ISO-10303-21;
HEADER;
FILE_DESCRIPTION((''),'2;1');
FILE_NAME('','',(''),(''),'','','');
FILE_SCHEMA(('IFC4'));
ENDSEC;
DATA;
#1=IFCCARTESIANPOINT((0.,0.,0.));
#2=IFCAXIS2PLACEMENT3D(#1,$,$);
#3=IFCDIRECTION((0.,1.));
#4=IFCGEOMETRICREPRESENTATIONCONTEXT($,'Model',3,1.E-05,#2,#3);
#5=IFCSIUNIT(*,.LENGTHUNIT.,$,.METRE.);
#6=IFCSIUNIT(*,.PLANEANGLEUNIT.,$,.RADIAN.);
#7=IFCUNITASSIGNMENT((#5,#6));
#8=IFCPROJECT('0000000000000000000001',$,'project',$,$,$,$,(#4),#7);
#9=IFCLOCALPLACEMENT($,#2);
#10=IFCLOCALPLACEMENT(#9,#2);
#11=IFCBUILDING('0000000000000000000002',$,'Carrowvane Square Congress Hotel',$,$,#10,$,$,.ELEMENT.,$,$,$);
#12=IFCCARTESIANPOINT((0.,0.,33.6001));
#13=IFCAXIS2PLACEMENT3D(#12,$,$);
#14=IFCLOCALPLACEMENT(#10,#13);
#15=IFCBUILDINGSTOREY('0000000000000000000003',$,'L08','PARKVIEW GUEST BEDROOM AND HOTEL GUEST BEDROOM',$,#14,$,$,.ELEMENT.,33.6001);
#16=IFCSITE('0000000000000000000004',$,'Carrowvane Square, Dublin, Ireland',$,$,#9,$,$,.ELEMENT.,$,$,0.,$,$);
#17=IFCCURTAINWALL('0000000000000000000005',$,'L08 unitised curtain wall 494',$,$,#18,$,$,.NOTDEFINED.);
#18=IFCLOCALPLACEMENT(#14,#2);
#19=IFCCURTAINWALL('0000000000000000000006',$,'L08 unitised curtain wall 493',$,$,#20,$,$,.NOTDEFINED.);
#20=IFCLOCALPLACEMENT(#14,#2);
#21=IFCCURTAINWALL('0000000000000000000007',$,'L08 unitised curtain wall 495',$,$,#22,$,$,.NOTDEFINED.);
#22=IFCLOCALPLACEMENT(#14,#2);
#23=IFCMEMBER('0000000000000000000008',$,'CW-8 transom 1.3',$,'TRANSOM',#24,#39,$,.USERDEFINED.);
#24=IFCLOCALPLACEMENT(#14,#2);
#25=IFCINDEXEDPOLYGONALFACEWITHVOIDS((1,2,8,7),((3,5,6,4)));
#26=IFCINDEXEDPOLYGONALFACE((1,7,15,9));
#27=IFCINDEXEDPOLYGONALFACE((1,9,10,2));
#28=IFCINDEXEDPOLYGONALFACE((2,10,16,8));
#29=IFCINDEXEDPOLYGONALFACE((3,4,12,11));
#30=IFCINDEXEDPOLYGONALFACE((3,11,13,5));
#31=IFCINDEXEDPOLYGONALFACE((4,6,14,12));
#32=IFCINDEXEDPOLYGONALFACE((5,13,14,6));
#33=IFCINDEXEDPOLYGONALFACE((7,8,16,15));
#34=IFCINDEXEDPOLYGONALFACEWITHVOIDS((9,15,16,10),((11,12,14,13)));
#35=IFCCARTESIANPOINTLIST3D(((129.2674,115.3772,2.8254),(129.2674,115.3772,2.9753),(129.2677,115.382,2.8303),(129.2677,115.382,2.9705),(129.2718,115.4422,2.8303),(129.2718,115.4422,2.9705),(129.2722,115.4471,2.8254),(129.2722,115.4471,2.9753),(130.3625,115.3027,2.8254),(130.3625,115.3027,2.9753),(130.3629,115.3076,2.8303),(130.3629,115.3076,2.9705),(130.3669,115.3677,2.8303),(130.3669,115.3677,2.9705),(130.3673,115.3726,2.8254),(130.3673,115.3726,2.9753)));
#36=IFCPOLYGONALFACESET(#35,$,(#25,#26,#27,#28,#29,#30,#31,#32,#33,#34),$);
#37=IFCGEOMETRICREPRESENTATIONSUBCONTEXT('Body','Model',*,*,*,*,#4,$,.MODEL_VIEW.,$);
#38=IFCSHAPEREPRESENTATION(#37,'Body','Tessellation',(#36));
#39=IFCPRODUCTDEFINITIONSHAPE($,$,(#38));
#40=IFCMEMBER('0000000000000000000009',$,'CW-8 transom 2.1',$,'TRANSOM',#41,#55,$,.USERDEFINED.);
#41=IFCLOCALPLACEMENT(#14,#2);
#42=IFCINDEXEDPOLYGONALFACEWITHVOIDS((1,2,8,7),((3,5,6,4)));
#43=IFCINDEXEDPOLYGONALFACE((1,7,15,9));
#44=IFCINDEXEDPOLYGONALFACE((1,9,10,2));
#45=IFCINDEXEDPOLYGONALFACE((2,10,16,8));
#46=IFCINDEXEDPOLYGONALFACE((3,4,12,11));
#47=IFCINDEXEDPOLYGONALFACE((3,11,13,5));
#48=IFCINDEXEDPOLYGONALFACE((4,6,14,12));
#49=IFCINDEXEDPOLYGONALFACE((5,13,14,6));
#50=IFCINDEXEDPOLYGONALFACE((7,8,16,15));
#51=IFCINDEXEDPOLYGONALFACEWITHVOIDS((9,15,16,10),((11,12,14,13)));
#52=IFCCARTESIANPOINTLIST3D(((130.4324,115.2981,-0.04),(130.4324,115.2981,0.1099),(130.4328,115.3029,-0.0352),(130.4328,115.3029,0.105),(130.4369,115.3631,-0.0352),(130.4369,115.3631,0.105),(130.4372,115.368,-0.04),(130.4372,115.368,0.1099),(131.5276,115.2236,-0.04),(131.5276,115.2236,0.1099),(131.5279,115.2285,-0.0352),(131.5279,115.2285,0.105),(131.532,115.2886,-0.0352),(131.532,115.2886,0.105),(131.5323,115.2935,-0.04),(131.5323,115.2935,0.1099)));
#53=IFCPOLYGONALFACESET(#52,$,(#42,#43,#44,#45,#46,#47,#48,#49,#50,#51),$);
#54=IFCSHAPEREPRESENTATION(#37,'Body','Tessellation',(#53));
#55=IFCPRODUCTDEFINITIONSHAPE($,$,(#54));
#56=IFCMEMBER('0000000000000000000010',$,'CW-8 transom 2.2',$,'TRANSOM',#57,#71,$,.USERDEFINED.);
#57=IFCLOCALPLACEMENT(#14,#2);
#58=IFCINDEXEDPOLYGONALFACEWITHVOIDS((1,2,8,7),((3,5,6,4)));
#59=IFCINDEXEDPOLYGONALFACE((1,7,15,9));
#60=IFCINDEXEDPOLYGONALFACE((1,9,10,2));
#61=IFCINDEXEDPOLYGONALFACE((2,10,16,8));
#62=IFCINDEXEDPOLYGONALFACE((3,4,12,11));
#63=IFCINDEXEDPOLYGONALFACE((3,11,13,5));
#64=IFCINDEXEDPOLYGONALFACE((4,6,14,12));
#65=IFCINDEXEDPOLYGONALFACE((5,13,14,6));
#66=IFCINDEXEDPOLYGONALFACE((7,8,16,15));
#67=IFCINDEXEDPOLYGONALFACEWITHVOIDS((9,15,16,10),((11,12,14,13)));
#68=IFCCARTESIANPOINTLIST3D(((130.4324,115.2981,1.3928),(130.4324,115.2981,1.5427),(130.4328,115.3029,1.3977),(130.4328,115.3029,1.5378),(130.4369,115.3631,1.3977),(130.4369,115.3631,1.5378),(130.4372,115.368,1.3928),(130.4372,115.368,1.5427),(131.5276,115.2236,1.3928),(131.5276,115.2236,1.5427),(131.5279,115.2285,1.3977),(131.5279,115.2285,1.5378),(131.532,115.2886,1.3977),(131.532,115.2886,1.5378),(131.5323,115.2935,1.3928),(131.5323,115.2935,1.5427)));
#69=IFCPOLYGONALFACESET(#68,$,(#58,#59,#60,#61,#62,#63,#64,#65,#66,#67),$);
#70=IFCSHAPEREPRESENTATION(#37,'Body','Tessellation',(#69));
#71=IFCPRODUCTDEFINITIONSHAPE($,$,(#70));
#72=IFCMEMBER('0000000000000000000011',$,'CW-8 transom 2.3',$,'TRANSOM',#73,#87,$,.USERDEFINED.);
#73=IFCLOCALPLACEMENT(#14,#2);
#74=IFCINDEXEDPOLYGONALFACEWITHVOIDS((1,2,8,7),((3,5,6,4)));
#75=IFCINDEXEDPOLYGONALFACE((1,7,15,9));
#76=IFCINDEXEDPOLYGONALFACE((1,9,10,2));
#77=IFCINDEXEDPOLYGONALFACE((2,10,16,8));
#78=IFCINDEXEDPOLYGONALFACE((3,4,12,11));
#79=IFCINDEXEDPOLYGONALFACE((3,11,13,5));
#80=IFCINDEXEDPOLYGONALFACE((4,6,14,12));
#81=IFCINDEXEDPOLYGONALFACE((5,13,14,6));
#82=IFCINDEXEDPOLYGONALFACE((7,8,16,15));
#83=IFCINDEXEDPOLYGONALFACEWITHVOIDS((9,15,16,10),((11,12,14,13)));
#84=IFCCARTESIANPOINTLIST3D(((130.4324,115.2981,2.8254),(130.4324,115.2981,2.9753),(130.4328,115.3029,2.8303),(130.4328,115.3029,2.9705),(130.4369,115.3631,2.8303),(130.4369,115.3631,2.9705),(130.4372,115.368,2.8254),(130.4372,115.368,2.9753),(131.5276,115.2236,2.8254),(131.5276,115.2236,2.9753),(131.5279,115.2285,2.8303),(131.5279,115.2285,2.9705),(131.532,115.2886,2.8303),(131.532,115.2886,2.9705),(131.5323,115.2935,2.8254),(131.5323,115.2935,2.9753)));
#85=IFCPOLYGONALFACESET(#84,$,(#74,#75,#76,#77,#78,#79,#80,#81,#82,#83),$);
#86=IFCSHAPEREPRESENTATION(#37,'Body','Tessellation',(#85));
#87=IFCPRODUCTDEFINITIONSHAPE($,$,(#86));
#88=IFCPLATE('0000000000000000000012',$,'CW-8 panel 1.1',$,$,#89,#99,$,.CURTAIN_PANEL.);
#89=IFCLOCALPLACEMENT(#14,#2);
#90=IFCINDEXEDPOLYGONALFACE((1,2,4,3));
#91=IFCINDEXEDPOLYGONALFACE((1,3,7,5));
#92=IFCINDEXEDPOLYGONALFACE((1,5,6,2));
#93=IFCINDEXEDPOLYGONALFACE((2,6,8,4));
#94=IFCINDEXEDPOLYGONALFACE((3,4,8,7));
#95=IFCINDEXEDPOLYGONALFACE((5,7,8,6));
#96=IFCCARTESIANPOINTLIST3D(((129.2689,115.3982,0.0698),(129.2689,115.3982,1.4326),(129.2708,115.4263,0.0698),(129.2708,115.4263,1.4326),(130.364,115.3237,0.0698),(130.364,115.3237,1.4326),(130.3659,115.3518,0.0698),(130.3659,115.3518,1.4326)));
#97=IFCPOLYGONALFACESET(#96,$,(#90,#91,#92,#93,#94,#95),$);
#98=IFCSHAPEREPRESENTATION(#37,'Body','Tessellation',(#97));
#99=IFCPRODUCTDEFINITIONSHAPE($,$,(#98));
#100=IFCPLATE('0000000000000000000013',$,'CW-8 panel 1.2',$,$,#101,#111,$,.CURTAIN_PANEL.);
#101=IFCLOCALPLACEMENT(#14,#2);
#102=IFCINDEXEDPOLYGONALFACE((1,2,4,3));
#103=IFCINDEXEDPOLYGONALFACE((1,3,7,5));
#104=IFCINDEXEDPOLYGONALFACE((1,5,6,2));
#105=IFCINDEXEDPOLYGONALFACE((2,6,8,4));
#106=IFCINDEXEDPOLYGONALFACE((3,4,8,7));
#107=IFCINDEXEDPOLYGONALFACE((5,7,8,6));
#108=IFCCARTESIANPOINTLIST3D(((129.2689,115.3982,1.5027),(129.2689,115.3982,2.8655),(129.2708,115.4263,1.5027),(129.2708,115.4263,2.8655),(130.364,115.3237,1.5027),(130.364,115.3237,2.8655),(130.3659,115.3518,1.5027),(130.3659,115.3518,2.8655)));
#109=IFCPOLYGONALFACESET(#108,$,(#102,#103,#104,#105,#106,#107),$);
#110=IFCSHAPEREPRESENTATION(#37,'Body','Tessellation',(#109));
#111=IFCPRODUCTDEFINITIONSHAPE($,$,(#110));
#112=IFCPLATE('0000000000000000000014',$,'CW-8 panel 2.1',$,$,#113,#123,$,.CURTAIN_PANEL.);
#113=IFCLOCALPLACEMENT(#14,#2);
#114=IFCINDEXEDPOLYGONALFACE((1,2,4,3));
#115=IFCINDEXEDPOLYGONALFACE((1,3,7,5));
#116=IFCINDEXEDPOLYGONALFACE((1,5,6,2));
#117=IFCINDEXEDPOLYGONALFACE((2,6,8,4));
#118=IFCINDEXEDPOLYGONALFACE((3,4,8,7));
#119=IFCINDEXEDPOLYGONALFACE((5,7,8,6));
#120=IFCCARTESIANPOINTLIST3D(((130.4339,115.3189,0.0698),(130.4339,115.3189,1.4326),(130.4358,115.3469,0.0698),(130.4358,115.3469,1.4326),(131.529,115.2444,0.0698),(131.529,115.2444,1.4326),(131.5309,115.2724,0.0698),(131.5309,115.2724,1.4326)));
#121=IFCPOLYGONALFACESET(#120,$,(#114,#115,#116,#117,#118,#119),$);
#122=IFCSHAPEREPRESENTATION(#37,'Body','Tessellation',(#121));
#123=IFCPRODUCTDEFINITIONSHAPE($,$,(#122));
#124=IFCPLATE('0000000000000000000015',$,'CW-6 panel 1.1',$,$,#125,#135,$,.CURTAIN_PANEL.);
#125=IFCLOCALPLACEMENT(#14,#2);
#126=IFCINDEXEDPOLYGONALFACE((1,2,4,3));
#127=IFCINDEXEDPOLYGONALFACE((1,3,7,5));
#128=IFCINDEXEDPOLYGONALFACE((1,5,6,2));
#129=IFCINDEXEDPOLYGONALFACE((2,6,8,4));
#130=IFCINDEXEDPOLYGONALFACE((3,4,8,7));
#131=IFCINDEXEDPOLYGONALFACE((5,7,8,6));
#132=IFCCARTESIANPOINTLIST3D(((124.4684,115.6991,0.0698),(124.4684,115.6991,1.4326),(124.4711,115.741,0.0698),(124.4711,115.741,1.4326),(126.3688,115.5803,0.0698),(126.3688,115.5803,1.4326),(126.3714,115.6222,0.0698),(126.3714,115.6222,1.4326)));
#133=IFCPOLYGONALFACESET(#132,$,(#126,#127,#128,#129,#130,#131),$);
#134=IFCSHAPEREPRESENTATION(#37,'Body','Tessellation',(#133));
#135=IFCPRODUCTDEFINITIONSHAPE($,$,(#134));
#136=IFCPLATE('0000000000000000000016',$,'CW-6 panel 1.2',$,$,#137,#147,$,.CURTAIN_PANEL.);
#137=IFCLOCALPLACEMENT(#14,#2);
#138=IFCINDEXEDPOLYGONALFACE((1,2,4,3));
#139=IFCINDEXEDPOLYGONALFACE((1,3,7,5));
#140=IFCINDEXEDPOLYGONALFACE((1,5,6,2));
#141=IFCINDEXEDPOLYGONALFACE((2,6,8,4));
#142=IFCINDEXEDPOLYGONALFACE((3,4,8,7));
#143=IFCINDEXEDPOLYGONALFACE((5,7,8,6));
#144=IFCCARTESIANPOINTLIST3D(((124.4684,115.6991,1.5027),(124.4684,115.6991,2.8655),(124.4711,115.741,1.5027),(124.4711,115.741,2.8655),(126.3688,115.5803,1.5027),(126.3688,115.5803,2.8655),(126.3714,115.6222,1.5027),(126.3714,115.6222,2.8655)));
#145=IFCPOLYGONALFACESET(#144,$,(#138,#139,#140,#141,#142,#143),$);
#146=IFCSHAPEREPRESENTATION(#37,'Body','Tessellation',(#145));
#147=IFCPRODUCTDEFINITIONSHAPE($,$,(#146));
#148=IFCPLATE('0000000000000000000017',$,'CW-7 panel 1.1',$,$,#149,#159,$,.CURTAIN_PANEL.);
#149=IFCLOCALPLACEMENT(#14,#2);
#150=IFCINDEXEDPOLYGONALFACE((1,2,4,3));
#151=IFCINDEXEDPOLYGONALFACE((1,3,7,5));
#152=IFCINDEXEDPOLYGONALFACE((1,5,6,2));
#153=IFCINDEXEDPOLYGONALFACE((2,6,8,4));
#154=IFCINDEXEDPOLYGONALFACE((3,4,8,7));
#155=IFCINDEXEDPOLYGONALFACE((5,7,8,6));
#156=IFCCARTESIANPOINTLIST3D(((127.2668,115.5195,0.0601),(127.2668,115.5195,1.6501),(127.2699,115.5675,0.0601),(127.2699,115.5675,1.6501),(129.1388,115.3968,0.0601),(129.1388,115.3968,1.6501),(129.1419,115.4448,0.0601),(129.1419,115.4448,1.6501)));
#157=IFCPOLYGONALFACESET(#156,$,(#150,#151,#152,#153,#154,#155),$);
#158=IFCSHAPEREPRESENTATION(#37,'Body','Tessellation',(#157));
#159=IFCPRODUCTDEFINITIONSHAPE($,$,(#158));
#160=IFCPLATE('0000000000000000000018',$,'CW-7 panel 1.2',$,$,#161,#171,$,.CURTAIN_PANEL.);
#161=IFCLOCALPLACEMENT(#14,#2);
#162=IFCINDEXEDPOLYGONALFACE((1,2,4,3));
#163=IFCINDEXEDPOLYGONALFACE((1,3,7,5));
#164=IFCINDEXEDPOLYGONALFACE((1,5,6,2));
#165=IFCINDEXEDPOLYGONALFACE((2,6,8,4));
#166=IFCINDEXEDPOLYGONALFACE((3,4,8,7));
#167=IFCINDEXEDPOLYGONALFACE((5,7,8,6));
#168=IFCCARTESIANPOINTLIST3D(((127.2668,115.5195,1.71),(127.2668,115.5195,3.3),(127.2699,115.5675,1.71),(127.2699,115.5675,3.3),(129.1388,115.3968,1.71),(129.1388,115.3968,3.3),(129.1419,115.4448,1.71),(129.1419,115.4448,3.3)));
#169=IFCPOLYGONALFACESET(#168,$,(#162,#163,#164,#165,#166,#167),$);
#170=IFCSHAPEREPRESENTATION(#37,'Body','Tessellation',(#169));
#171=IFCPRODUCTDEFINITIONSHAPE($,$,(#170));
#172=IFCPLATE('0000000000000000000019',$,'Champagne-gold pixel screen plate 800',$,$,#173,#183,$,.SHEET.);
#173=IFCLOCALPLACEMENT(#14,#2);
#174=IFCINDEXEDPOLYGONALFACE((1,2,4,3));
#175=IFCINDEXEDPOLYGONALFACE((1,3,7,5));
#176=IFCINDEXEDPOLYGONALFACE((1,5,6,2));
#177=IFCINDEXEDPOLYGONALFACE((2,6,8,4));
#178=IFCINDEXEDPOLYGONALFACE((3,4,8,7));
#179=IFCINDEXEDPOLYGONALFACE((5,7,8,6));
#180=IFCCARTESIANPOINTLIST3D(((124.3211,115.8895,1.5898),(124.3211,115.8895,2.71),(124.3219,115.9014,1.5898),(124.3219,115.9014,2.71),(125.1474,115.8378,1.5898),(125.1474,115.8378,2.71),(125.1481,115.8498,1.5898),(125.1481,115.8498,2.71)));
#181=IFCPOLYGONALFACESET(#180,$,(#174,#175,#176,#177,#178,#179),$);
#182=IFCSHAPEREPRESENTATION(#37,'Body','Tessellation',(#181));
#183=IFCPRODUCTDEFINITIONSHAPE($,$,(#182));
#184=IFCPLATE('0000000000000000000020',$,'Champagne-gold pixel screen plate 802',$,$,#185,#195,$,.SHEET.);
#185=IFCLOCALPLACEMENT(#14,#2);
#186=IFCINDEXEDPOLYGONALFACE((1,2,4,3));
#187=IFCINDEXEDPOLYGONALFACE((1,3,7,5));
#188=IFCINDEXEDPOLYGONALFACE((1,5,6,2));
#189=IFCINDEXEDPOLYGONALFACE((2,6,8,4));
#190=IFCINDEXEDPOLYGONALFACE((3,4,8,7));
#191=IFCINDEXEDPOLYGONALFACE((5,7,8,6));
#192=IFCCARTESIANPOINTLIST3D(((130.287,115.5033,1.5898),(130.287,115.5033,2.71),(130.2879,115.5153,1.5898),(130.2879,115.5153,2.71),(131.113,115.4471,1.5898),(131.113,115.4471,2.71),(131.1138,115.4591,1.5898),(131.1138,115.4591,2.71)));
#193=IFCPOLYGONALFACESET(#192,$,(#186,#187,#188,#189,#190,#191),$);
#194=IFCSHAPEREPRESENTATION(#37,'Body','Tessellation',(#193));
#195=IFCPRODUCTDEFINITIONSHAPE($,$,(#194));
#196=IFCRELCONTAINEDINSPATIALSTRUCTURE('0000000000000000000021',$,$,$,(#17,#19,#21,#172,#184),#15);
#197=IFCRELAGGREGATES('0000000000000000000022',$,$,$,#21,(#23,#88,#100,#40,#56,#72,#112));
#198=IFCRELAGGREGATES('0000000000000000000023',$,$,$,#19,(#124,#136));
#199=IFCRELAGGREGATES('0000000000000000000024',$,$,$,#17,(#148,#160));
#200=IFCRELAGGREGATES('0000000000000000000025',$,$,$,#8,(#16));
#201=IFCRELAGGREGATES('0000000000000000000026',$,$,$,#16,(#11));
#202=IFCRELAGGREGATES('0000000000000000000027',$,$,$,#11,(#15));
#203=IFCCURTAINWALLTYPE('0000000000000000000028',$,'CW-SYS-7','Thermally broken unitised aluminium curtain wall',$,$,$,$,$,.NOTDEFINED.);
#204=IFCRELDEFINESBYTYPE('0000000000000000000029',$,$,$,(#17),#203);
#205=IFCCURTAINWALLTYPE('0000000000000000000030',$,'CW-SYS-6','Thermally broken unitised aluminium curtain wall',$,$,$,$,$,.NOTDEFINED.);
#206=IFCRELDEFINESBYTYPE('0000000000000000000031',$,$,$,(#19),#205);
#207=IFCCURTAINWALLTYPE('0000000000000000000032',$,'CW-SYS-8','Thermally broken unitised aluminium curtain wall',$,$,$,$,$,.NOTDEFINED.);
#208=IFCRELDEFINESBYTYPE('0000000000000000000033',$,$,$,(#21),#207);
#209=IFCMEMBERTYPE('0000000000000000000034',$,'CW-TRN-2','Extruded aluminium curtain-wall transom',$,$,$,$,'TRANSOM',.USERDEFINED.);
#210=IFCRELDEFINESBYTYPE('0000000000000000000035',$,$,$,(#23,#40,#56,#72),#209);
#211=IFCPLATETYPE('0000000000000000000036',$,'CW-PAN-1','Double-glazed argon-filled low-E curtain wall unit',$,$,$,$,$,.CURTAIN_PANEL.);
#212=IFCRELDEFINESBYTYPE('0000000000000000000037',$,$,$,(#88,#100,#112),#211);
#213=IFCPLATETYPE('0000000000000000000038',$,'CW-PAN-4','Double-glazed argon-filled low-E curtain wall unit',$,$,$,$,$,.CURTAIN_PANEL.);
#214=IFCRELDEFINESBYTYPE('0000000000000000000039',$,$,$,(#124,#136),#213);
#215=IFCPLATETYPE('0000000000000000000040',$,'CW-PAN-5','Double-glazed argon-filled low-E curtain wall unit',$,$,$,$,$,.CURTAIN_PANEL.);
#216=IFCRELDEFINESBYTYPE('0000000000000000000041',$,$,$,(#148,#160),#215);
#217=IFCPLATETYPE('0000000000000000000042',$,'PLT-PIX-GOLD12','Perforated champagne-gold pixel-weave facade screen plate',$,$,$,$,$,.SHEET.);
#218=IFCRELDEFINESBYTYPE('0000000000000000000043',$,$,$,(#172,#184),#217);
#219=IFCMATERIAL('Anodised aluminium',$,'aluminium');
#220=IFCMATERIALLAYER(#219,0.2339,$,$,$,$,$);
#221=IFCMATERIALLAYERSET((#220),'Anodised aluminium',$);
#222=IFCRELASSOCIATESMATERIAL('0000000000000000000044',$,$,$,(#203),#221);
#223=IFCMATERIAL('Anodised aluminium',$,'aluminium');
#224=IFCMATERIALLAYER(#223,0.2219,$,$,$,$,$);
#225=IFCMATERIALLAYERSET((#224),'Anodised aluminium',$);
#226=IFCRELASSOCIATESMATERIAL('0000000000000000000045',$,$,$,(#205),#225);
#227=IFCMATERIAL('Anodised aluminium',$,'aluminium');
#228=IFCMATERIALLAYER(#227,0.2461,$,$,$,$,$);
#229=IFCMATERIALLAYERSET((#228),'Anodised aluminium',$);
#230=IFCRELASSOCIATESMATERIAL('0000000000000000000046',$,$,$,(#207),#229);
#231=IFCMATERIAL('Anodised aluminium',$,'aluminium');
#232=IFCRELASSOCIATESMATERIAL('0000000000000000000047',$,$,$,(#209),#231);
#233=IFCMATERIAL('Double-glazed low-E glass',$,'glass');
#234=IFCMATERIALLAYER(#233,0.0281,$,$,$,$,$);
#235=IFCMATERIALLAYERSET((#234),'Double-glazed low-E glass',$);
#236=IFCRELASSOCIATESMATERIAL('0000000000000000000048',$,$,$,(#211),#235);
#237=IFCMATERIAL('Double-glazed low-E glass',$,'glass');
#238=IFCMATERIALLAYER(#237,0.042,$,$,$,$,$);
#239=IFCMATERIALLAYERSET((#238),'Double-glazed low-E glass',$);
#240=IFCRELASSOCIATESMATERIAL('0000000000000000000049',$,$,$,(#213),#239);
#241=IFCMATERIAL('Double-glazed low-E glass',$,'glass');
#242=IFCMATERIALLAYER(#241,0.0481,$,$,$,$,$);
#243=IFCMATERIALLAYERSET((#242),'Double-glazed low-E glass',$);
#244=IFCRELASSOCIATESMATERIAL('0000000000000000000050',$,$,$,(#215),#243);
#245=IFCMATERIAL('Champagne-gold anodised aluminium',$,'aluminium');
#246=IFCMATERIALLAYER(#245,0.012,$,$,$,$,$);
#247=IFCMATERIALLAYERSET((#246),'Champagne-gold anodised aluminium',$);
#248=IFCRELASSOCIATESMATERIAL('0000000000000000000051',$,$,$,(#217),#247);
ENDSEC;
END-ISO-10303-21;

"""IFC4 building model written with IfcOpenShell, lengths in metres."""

from ifc_helpers import new_model, si_unit, direction, frame, origin, origin_2d, place, context, subcontext, project, spatial, rectangle, hollow_rectangle, extrude, material, layer, layer_set, material_profile, profile_set, type_object, element, aggregate, save


model = new_model("IFC4")

# Units and contexts
model_context = context("Model", 3, precision=1e-05, world=origin(), true_north=direction((0.0, 1.0)))
body_context = subcontext(model_context, "Body", "Model", "MODEL_VIEW")
ifc_project = project(units=[si_unit("LENGTHUNIT", "METRE"), si_unit("PLANEANGLEUNIT", "RADIAN")], contexts=[model_context])

# Site, building, storey
site_placement = place(None, origin())
site = spatial("IfcSite", under=ifc_project, at=site_placement, Name="Carrowvane Square, Dublin, Ireland", CompositionType="ELEMENT", RefElevation=0.0)
building_placement = place(site_placement, origin())
building = spatial("IfcBuilding", under=site, at=building_placement, Name="Carrowvane Square Congress Hotel", CompositionType="ELEMENT")
storey_placement = place(building_placement, frame((0.0, 0.0, 33.6001)))
storey = spatial("IfcBuildingStorey", under=building, at=storey_placement, Name="L08", Description="PARKVIEW GUEST BEDROOM AND HOTEL GUEST BEDROOM", CompositionType="ELEMENT", Elevation=33.6001)

# Curtain walls
ifc_material_1 = material(Name="Anodised aluminium", Category="aluminium")
ifc_layer_1 = layer(ifc_material_1, 0.2339)
ifc_layer_set_1 = layer_set([ifc_layer_1], Name="Anodised aluminium")
curtain_wall_type_1 = type_object("IfcCurtainWallType", Name="CW-SYS-7", Description="Thermally broken unitised aluminium curtain wall", PredefinedType="NOTDEFINED", material=ifc_layer_set_1)
curtain_wall_1_placement = place(storey_placement, origin())
curtain_wall_1 = element("IfcCurtainWall", 1, at=curtain_wall_1_placement, inside=storey, type_object=curtain_wall_type_1, Name="L08 unitised curtain wall 494", PredefinedType="NOTDEFINED")
ifc_material_2 = material(Name="Anodised aluminium", Category="aluminium")
ifc_layer_2 = layer(ifc_material_2, 0.2219)
ifc_layer_set_2 = layer_set([ifc_layer_2], Name="Anodised aluminium")
curtain_wall_type_2 = type_object("IfcCurtainWallType", Name="CW-SYS-6", Description="Thermally broken unitised aluminium curtain wall", PredefinedType="NOTDEFINED", material=ifc_layer_set_2)
curtain_wall_2_placement = place(storey_placement, origin())
curtain_wall_2 = element("IfcCurtainWall", 2, at=curtain_wall_2_placement, inside=storey, type_object=curtain_wall_type_2, Name="L08 unitised curtain wall 493", PredefinedType="NOTDEFINED")
ifc_material_3 = material(Name="Anodised aluminium", Category="aluminium")
ifc_layer_3 = layer(ifc_material_3, 0.2461)
ifc_layer_set_3 = layer_set([ifc_layer_3], Name="Anodised aluminium")
curtain_wall_type_3 = type_object("IfcCurtainWallType", Name="CW-SYS-8", Description="Thermally broken unitised aluminium curtain wall", PredefinedType="NOTDEFINED", material=ifc_layer_set_3)
curtain_wall_3_placement = place(storey_placement, origin())
curtain_wall_3 = element("IfcCurtainWall", 3, at=curtain_wall_3_placement, inside=storey, type_object=curtain_wall_type_3, Name="L08 unitised curtain wall 495", PredefinedType="NOTDEFINED")

# Members
ifc_material_4 = material(Name="Anodised aluminium", Category="aluminium")
ifc_material_profile_1 = material_profile(ifc_material_4, hollow_rectangle(XDim=0.0701, YDim=0.1499, WallThickness=0.0049, at=origin_2d()), Name="CW-TR 70x150x5")
ifc_profile_set_1 = profile_set([ifc_material_profile_1], Name="Anodised aluminium")
member_type_1 = type_object("IfcMemberType", Name="CW-TRN-2", Description="Extruded aluminium curtain-wall transom", ElementType="TRANSOM", PredefinedType="USERDEFINED", material=ifc_profile_set_1)
member_1_placement = place(storey_placement, frame((129.2698, 115.4121, 2.9004), z_axis=(0.997697, -0.067833, 0.0), x_axis=(0.067833, 0.997697, 0.0)))
member_1 = element("IfcMember", 4, at=member_1_placement, type_object=member_type_1, Name="CW-8 transom 1.3", ObjectType="TRANSOM", PredefinedType="USERDEFINED", context=body_context, shape_type="SweptSolid", body=[
    extrude(hollow_rectangle(XDim=0.0701, YDim=0.1499, WallThickness=0.0049, at=origin_2d()), origin(), (0.0, 0.0, 1.0), 1.0977),
])
member_2_placement = place(storey_placement, frame((130.4348, 115.333, 0.0349), z_axis=(0.997697, -0.067833, 0.0), x_axis=(0.067833, 0.997697, 0.0)))
member_2 = element("IfcMember", 5, at=member_2_placement, type_object=member_type_1, Name="CW-8 transom 2.1", ObjectType="TRANSOM", PredefinedType="USERDEFINED", context=body_context, shape_type="SweptSolid", body=[
    extrude(hollow_rectangle(XDim=0.0701, YDim=0.1499, WallThickness=0.0049, at=origin_2d()), origin(), (0.0, 0.0, 1.0), 1.0977),
])
member_3_placement = place(storey_placement, frame((130.4348, 115.333, 1.4678), z_axis=(0.997697, -0.067833, 0.0), x_axis=(0.067833, 0.997697, 0.0)))
member_3 = element("IfcMember", 6, at=member_3_placement, type_object=member_type_1, Name="CW-8 transom 2.2", ObjectType="TRANSOM", PredefinedType="USERDEFINED", context=body_context, shape_type="SweptSolid", body=[
    extrude(hollow_rectangle(XDim=0.0701, YDim=0.1499, WallThickness=0.0049, at=origin_2d()), origin(), (0.0, 0.0, 1.0), 1.0977),
])
member_4_placement = place(storey_placement, frame((130.4348, 115.333, 2.9004), z_axis=(0.997697, -0.067833, 0.0), x_axis=(0.067833, 0.997697, 0.0)))
member_4 = element("IfcMember", 7, at=member_4_placement, type_object=member_type_1, Name="CW-8 transom 2.3", ObjectType="TRANSOM", PredefinedType="USERDEFINED", context=body_context, shape_type="SweptSolid", body=[
    extrude(hollow_rectangle(XDim=0.0701, YDim=0.1499, WallThickness=0.0049, at=origin_2d()), origin(), (0.0, 0.0, 1.0), 1.0977),
])

# Plates
ifc_material_5 = material(Name="Double-glazed low-E glass", Category="glass")
ifc_layer_4 = layer(ifc_material_5, 0.0281)
ifc_layer_set_4 = layer_set([ifc_layer_4], Name="Double-glazed low-E glass")
plate_type_1 = type_object("IfcPlateType", Name="CW-PAN-1", Description="Double-glazed argon-filled low-E curtain wall unit", PredefinedType="CURTAIN_PANEL", material=ifc_layer_set_4)
plate_1_placement = place(storey_placement, frame((129.8174, 115.375, 0.0698), z_axis=(0.0, 0.0, 1.0), x_axis=(0.997694, -0.06787, 0.0)))
plate_1 = element("IfcPlate", 8, at=plate_1_placement, type_object=plate_type_1, Name="CW-8 panel 1.1", PredefinedType="CURTAIN_PANEL", context=body_context, shape_type="SweptSolid", body=[
    extrude(rectangle(XDim=1.0977, YDim=0.0281, at=origin_2d()), origin(), (0.0, 0.0, 1.0), 1.3628),
])
plate_2_placement = place(storey_placement, frame((129.8174, 115.375, 1.5027), z_axis=(0.0, 0.0, 1.0), x_axis=(0.997694, -0.06787, 0.0)))
plate_2 = element("IfcPlate", 9, at=plate_2_placement, type_object=plate_type_1, Name="CW-8 panel 1.2", PredefinedType="CURTAIN_PANEL", context=body_context, shape_type="SweptSolid", body=[
    extrude(rectangle(XDim=1.0977, YDim=0.0281, at=origin_2d()), origin(), (0.0, 0.0, 1.0), 1.3628),
])
plate_3_placement = place(storey_placement, frame((130.9824, 115.2957, 0.0698), z_axis=(0.0, 0.0, 1.0), x_axis=(0.997694, -0.06787, 0.0)))
plate_3 = element("IfcPlate", 10, at=plate_3_placement, type_object=plate_type_1, Name="CW-8 panel 2.1", PredefinedType="CURTAIN_PANEL", context=body_context, shape_type="SweptSolid", body=[
    extrude(rectangle(XDim=1.0977, YDim=0.0281, at=origin_2d()), origin(), (0.0, 0.0, 1.0), 1.3628),
])
aggregate(curtain_wall_3, [member_1, plate_1, plate_2, member_2, member_3, member_4, plate_3])
ifc_material_6 = material(Name="Double-glazed low-E glass", Category="glass")
ifc_layer_5 = layer(ifc_material_6, 0.042)
ifc_layer_set_5 = layer_set([ifc_layer_5], Name="Double-glazed low-E glass")
plate_type_2 = type_object("IfcPlateType", Name="CW-PAN-4", Description="Double-glazed argon-filled low-E curtain wall unit", PredefinedType="CURTAIN_PANEL", material=ifc_layer_set_5)
plate_4_placement = place(storey_placement, frame((125.4199, 115.6606, 0.0698), z_axis=(0.0, 0.0, 1.0), x_axis=(0.998051, -0.062397, 0.0)))
plate_4 = element("IfcPlate", 11, at=plate_4_placement, type_object=plate_type_2, Name="CW-6 panel 1.1", PredefinedType="CURTAIN_PANEL", context=body_context, shape_type="SweptSolid", body=[
    extrude(rectangle(XDim=1.9041, YDim=0.042, at=origin_2d()), origin(), (0.0, 0.0, 1.0), 1.3628),
])
plate_5_placement = place(storey_placement, frame((125.4199, 115.6606, 1.5027), z_axis=(0.0, 0.0, 1.0), x_axis=(0.998051, -0.062397, 0.0)))
plate_5 = element("IfcPlate", 12, at=plate_5_placement, type_object=plate_type_2, Name="CW-6 panel 1.2", PredefinedType="CURTAIN_PANEL", context=body_context, shape_type="SweptSolid", body=[
    extrude(rectangle(XDim=1.9041, YDim=0.042, at=origin_2d()), origin(), (0.0, 0.0, 1.0), 1.3628),
])
aggregate(curtain_wall_2, [plate_4, plate_5])
ifc_material_7 = material(Name="Double-glazed low-E glass", Category="glass")
ifc_layer_6 = layer(ifc_material_7, 0.0481)
ifc_layer_set_6 = layer_set([ifc_layer_6], Name="Double-glazed low-E glass")
plate_type_3 = type_object("IfcPlateType", Name="CW-PAN-5", Description="Double-glazed argon-filled low-E curtain wall unit", PredefinedType="CURTAIN_PANEL", material=ifc_layer_set_6)
plate_6_placement = place(storey_placement, frame((128.2043, 115.4822, 0.0601), z_axis=(0.0, 0.0, 1.0), x_axis=(0.997858, -0.065414, 0.0)))
plate_6 = element("IfcPlate", 13, at=plate_6_placement, type_object=plate_type_3, Name="CW-7 panel 1.1", PredefinedType="CURTAIN_PANEL", context=body_context, shape_type="SweptSolid", body=[
    extrude(rectangle(XDim=1.876, YDim=0.0481, at=origin_2d()), origin(), (0.0, 0.0, 1.0), 1.5901),
])
plate_7_placement = place(storey_placement, frame((128.2043, 115.4822, 1.71), z_axis=(0.0, 0.0, 1.0), x_axis=(0.997858, -0.065414, 0.0)))
plate_7 = element("IfcPlate", 14, at=plate_7_placement, type_object=plate_type_3, Name="CW-7 panel 1.2", PredefinedType="CURTAIN_PANEL", context=body_context, shape_type="SweptSolid", body=[
    extrude(rectangle(XDim=1.876, YDim=0.0481, at=origin_2d()), origin(), (0.0, 0.0, 1.0), 1.5901),
])
aggregate(curtain_wall_1, [plate_6, plate_7])

# Plates
ifc_material_8 = material(Name="Champagne-gold anodised aluminium", Category="aluminium")
ifc_layer_7 = layer(ifc_material_8, 0.012)
ifc_layer_set_7 = layer_set([ifc_layer_7], Name="Champagne-gold anodised aluminium")
plate_type_4 = type_object("IfcPlateType", Name="PLT-PIX-GOLD12", Description="Perforated champagne-gold pixel-weave facade screen plate", PredefinedType="SHEET", material=ifc_layer_set_7)
for number, where, z_axis, x_axis, name in (
    (15, (124.7346, 115.8696, 1.5898), (0.0, 0.0, 1.0), (0.998051, -0.062397, 0.0), "Champagne-gold pixel screen plate 800"),
    (16, (130.7004, 115.4812, 1.5898), (0.0, 0.0, 1.0), (0.997694, -0.067866, 0.0), "Champagne-gold pixel screen plate 802"),
):
    element("IfcPlate", number, at=place(storey_placement, frame(where, z_axis=z_axis, x_axis=x_axis)), inside=storey, type_object=plate_type_4, Name=name, PredefinedType="SHEET", context=body_context, shape_type="SweptSolid", body=[
        extrude(rectangle(XDim=0.8279, YDim=0.012, at=origin_2d()), origin(), (0.0, 0.0, 1.0), 1.1201),
    ])

save(model, "model.ifc")
